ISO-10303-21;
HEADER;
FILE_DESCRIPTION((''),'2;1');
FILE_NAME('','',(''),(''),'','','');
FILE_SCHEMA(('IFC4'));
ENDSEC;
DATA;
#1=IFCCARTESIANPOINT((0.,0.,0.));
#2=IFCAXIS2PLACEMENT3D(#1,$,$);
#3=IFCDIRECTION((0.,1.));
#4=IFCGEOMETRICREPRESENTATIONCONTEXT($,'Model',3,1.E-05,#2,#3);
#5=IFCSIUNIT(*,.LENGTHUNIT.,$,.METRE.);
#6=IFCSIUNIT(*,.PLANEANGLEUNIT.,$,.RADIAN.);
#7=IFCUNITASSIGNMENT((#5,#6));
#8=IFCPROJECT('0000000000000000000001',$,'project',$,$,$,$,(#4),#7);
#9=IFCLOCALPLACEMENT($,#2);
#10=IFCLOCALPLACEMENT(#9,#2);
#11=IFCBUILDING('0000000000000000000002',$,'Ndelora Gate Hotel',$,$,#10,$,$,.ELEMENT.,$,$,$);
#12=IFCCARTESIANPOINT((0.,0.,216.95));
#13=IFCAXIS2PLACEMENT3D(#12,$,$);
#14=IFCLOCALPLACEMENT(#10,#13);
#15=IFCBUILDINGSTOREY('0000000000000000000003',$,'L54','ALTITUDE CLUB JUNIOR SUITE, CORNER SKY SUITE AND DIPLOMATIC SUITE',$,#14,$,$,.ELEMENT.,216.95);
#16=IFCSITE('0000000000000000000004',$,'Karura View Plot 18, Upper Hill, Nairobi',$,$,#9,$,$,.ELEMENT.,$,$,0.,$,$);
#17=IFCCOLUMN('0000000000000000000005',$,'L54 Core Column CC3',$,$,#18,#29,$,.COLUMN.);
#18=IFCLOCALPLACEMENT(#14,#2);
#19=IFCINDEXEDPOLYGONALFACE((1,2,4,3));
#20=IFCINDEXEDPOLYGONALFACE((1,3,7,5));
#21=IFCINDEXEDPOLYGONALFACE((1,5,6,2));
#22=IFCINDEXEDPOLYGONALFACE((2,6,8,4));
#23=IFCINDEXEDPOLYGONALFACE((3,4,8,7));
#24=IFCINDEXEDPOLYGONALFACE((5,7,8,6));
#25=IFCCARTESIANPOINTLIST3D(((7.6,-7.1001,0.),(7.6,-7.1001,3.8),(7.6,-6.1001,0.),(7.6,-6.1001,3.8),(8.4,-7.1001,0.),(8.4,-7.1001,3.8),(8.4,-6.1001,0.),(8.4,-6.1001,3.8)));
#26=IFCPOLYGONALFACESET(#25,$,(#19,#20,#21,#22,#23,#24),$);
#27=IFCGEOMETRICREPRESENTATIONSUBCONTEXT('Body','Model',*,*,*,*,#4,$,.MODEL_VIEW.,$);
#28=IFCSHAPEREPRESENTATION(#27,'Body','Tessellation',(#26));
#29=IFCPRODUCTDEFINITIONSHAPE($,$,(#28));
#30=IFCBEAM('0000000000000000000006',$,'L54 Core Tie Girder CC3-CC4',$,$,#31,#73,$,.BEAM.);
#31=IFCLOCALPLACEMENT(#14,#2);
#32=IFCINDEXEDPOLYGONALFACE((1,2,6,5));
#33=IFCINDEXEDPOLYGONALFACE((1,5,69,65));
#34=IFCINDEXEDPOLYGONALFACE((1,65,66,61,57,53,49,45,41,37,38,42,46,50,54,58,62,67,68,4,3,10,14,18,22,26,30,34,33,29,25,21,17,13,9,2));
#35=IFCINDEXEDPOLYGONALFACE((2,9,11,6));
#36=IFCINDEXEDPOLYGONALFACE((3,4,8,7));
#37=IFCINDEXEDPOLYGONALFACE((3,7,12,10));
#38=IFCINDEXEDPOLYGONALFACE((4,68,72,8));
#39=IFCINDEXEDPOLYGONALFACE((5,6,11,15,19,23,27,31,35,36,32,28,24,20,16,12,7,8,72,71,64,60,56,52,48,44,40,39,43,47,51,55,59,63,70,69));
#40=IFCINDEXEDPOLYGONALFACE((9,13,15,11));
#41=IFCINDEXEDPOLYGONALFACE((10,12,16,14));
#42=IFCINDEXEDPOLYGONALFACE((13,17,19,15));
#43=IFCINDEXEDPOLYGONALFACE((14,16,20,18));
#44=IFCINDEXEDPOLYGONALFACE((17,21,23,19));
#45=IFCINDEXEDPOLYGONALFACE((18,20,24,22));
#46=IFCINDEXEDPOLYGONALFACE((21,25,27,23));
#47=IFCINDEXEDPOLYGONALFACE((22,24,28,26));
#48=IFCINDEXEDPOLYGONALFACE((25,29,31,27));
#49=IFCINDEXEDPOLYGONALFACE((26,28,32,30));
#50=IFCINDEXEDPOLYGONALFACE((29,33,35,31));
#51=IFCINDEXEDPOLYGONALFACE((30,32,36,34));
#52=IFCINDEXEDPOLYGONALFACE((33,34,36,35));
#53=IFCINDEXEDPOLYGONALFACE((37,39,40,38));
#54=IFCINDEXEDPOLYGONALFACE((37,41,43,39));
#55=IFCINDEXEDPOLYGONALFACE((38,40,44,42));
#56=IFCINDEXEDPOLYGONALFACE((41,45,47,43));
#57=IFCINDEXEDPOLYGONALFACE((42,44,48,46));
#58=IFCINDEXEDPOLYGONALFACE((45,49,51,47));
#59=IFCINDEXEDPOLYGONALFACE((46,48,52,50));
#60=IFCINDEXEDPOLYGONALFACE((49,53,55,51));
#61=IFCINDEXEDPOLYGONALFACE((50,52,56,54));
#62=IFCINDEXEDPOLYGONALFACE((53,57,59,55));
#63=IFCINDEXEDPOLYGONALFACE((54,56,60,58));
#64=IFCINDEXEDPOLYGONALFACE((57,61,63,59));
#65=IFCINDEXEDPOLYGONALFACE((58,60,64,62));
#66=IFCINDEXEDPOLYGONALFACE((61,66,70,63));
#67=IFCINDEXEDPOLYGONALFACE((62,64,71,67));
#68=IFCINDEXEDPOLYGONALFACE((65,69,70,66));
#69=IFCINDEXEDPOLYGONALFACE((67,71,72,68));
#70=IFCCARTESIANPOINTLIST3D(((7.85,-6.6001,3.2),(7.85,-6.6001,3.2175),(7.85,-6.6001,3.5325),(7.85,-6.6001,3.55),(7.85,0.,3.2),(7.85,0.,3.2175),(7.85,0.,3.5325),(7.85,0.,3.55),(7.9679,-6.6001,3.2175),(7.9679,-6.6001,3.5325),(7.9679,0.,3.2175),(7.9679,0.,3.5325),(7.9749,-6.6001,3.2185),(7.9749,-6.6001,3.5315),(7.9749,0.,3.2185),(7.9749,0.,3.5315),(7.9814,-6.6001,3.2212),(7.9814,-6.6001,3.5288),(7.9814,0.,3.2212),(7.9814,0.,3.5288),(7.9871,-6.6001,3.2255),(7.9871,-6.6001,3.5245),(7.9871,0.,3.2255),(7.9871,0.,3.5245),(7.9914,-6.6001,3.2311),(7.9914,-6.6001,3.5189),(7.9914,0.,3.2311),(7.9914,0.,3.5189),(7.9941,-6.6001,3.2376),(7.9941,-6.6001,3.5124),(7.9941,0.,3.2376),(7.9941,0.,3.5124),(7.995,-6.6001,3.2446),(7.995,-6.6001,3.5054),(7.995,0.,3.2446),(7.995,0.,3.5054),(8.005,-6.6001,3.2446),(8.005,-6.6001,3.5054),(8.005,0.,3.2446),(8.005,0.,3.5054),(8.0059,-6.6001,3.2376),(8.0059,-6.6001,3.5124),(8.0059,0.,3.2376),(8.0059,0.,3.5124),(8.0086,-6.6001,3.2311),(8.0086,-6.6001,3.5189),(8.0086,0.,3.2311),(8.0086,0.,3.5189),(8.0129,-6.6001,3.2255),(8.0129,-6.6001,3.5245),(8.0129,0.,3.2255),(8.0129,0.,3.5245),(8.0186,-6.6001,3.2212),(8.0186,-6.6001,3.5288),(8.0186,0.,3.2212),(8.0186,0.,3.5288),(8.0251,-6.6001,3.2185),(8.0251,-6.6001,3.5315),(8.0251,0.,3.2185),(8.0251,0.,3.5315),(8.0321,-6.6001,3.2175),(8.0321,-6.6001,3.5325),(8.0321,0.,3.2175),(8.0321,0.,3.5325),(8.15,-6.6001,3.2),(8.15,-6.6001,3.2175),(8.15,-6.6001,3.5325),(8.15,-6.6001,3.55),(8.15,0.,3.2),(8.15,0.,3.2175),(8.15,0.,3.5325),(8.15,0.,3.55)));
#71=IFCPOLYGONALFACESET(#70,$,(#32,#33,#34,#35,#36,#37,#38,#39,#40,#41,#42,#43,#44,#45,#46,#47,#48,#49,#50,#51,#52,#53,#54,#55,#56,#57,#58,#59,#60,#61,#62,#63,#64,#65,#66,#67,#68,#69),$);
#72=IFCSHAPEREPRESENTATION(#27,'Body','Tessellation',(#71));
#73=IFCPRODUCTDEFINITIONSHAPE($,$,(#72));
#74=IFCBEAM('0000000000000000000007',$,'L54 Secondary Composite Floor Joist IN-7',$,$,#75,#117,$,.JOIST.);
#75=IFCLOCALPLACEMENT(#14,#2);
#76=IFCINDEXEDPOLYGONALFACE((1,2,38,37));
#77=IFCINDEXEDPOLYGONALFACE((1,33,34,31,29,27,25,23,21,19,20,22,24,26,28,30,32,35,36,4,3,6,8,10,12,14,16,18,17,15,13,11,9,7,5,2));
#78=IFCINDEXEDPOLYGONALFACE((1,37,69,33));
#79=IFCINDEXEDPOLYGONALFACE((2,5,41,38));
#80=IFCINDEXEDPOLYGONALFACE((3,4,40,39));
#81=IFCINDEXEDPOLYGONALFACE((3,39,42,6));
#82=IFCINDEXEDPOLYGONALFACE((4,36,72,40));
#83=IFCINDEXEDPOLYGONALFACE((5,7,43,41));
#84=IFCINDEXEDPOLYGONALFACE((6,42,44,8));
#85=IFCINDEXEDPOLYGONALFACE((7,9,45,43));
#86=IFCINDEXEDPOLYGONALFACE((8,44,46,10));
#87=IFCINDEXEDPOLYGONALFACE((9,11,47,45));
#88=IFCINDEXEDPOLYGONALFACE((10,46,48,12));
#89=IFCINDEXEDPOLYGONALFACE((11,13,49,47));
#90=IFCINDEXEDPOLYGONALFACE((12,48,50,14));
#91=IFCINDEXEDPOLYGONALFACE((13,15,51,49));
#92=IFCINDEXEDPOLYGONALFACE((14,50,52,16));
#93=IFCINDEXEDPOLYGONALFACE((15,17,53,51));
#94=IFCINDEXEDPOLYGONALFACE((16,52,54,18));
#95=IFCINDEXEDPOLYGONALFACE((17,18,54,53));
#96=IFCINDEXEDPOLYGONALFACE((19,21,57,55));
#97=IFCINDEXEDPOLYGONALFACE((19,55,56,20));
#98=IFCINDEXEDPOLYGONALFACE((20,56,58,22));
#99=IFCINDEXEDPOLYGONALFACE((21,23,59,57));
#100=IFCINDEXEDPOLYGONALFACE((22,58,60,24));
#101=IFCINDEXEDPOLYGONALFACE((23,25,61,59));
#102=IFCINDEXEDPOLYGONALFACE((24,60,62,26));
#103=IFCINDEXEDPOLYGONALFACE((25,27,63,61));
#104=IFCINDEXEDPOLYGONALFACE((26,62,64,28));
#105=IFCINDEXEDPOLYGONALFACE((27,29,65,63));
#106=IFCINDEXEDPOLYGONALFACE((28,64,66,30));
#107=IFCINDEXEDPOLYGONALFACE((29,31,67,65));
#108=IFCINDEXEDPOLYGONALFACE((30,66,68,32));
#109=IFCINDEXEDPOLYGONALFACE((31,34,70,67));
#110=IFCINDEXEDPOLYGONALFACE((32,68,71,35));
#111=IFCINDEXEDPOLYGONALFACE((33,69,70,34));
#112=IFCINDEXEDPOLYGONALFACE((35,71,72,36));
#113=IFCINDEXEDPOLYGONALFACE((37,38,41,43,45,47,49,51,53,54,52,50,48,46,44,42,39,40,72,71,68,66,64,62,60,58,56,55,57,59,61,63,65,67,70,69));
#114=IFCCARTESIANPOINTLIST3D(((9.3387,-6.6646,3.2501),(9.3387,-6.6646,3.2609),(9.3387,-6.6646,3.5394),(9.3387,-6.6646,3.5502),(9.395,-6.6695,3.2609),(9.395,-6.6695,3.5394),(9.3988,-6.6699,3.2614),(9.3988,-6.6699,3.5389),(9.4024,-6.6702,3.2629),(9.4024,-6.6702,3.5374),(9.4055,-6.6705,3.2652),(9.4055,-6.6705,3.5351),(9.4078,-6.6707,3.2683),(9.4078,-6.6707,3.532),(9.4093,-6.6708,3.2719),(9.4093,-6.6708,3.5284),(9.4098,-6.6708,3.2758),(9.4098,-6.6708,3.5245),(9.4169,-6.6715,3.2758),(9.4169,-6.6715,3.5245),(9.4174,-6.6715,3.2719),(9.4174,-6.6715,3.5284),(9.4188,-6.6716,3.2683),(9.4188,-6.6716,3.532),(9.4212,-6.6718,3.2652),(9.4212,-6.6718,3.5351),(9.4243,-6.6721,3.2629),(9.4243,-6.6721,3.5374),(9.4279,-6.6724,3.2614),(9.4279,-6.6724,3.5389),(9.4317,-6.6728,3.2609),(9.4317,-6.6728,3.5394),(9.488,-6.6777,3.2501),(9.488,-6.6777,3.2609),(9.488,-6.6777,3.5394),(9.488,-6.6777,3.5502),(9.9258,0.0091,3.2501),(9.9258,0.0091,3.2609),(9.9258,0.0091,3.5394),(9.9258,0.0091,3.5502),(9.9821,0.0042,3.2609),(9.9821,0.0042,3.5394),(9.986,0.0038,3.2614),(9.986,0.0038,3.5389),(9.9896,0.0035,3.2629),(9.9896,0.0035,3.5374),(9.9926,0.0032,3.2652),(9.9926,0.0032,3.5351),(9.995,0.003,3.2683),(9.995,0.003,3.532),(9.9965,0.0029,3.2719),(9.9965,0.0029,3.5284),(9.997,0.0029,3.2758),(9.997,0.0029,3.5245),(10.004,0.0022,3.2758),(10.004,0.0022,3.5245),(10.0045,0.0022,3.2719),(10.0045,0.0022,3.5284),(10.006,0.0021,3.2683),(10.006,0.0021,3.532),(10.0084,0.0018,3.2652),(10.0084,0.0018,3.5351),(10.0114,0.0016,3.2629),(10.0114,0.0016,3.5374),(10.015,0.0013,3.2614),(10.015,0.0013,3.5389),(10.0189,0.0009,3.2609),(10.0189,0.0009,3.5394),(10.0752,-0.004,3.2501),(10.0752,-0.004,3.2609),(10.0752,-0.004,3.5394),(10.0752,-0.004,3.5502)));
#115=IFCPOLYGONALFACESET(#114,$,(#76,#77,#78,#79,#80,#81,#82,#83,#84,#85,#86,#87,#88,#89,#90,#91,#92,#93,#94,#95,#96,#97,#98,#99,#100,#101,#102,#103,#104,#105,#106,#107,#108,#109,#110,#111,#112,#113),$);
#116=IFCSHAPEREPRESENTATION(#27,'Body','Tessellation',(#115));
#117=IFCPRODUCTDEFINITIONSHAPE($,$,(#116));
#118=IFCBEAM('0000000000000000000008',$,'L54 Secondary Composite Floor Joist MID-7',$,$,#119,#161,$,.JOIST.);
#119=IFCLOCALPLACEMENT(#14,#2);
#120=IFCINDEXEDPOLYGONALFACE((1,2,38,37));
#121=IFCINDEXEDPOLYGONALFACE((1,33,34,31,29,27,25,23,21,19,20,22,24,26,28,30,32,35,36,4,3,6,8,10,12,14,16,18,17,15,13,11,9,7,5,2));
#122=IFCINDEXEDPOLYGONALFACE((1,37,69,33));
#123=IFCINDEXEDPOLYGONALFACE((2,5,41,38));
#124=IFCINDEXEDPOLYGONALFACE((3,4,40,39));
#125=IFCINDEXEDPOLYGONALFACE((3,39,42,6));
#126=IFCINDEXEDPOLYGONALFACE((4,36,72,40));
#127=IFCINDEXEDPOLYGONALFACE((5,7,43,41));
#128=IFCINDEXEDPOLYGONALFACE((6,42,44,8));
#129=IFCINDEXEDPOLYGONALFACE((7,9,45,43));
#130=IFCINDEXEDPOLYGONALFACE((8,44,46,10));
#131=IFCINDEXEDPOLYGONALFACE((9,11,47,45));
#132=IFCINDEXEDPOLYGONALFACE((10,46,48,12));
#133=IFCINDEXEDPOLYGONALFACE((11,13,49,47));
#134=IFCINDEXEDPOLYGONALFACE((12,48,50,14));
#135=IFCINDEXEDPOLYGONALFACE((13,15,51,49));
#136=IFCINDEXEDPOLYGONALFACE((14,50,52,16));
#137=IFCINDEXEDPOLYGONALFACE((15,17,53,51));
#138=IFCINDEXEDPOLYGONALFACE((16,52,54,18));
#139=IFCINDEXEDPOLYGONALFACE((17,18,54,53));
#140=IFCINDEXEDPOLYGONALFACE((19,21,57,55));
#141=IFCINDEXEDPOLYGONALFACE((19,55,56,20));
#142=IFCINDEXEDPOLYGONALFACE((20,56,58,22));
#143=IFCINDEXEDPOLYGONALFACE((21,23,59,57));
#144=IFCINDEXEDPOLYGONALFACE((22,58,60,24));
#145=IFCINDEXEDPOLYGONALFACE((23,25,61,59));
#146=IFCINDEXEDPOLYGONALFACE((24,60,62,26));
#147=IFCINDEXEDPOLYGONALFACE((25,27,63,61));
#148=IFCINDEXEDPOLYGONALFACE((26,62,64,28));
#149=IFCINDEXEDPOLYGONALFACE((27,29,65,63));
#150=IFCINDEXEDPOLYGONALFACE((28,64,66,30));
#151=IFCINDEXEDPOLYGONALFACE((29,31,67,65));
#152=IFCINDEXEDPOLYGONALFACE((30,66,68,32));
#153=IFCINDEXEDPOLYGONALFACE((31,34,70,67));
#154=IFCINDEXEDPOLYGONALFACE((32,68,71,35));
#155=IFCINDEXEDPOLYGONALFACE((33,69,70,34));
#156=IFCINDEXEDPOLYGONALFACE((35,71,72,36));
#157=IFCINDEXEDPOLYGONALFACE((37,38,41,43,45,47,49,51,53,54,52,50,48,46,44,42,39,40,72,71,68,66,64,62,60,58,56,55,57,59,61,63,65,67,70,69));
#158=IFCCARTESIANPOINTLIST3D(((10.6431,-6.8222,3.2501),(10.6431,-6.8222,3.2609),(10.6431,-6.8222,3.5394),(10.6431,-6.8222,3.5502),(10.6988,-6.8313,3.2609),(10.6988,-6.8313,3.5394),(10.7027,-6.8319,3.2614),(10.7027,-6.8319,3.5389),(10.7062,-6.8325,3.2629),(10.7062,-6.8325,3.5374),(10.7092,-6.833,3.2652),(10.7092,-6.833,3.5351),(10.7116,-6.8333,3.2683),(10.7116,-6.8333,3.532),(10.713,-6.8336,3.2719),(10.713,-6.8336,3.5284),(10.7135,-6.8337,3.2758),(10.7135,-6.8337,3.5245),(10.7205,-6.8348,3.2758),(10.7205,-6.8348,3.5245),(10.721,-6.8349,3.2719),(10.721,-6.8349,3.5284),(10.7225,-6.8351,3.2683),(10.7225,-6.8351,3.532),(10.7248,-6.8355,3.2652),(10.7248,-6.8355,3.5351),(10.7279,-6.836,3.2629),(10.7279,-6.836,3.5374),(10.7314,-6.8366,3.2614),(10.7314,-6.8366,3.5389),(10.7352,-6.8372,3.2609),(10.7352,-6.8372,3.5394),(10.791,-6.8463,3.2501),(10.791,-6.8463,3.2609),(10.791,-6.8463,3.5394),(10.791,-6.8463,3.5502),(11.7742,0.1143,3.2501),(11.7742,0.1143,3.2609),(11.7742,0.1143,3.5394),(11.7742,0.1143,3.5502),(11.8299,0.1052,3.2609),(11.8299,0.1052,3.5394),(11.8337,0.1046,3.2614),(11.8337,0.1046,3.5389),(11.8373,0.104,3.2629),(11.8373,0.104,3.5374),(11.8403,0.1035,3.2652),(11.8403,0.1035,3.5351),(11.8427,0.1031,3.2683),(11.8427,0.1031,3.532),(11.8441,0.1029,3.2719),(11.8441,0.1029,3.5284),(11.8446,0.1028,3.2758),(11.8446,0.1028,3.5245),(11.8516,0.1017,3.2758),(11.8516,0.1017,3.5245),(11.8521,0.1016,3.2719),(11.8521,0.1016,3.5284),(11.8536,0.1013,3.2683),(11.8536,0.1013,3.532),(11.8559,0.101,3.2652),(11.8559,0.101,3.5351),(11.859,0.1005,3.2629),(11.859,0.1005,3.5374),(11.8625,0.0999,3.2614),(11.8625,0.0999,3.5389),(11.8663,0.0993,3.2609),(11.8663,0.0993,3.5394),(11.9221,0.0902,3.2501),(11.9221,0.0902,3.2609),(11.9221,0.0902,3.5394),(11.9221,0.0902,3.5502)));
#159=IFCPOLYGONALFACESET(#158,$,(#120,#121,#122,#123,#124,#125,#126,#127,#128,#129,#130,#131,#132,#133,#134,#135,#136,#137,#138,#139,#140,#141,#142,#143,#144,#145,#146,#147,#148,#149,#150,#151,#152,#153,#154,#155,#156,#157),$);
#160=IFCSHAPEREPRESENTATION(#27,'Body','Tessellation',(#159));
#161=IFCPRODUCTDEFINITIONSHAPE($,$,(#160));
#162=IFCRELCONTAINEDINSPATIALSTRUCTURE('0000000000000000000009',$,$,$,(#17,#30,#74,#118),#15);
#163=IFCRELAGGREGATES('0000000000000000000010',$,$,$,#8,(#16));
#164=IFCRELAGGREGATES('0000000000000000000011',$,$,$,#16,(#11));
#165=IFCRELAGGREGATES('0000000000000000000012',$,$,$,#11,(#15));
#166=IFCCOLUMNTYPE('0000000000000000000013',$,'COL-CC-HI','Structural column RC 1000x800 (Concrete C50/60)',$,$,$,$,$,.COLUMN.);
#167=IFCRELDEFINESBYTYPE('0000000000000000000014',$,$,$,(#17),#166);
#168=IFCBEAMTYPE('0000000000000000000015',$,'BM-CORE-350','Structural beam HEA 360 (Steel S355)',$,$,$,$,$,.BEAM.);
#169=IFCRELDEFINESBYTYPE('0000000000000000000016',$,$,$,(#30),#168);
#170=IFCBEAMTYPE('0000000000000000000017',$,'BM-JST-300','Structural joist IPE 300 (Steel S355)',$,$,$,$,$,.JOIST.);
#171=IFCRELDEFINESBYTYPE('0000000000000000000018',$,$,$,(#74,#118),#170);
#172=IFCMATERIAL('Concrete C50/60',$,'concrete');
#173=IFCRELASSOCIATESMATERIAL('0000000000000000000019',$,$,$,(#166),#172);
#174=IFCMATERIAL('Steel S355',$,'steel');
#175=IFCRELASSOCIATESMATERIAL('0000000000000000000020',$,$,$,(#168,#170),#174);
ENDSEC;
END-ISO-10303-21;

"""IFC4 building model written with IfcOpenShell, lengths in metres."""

from ifc_helpers import new_model, si_unit, direction, frame, origin, origin_2d, place, context, subcontext, project, spatial, rectangle, i_section, extrude, material, material_profile, profile_set, type_object, element, save


model = new_model("IFC4")

# Units and contexts
model_context = context("Model", 3, precision=1e-05, world=origin(), true_north=direction((0.0, 1.0)))
body_context = subcontext(model_context, "Body", "Model", "MODEL_VIEW")
ifc_project = project(units=[si_unit("LENGTHUNIT", "METRE"), si_unit("PLANEANGLEUNIT", "RADIAN")], contexts=[model_context])

# Site, building, storey
site_placement = place(None, origin())
site = spatial("IfcSite", under=ifc_project, at=site_placement, Name="Karura View Plot 18, Upper Hill, Nairobi", CompositionType="ELEMENT", RefElevation=0.0)
building_placement = place(site_placement, origin())
building = spatial("IfcBuilding", under=site, at=building_placement, Name="Ndelora Gate Hotel", CompositionType="ELEMENT")
storey_placement = place(building_placement, frame((0.0, 0.0, 216.95)))
storey = spatial("IfcBuildingStorey", under=building, at=storey_placement, Name="L54", Description="ALTITUDE CLUB JUNIOR SUITE, CORNER SKY SUITE AND DIPLOMATIC SUITE", CompositionType="ELEMENT", Elevation=216.95)

# Column
ifc_material_1 = material(Name="Concrete C50/60", Category="concrete")
ifc_material_profile_1 = material_profile(ifc_material_1, rectangle(XDim=0.8, YDim=1.0, at=origin_2d()), Name="RC 1000x800")
ifc_profile_set_1 = profile_set([ifc_material_profile_1], Name="Concrete C50/60")
column_type = type_object("IfcColumnType", Name="COL-CC-HI", Description="Structural column RC 1000x800 (Concrete C50/60)", PredefinedType="COLUMN", material=ifc_profile_set_1)
column_placement = place(storey_placement, frame((8.0, -6.6001, 0.0), z_axis=(0.0, 0.0, 1.0), x_axis=(1.0, 0.0, 0.0)))
element("IfcColumn", 1, at=column_placement, inside=storey, type_object=column_type, Name="L54 Core Column CC3", PredefinedType="COLUMN", context=body_context, shape_type="SweptSolid", body=[
    extrude(rectangle(XDim=0.8, YDim=1.0, at=origin_2d()), origin(), (0.0, 0.0, 1.0), 3.8),
])

# Beams
ifc_material_2 = material(Name="Steel S355", Category="steel")
ifc_material_profile_2 = material_profile(ifc_material_2, i_section(OverallWidth=0.3, OverallDepth=0.3501, WebThickness=0.01, FlangeThickness=0.0176, FilletRadius=0.0271, at=origin_2d()), Name="HEA 360")
ifc_profile_set_2 = profile_set([ifc_material_profile_2], Name="Steel S355")
beam_type_1 = type_object("IfcBeamType", Name="BM-CORE-350", Description="Structural beam HEA 360 (Steel S355)", PredefinedType="BEAM", material=ifc_profile_set_2)
beam_1_placement = place(storey_placement, frame((8.0, -6.6001, 3.375), z_axis=(0.0, 1.0, 0.0), x_axis=(-1.0, 0.0, 0.0)))
element("IfcBeam", 2, at=beam_1_placement, inside=storey, type_object=beam_type_1, Name="L54 Core Tie Girder CC3-CC4", PredefinedType="BEAM", context=body_context, shape_type="SweptSolid", body=[
    extrude(i_section(OverallWidth=0.3, OverallDepth=0.3501, WebThickness=0.01, FlangeThickness=0.0176, FilletRadius=0.0271, at=origin_2d()), origin(), (0.0, 0.0, 1.0), 6.6001),
])
ifc_material_profile_3 = material_profile(ifc_material_2, i_section(OverallWidth=0.1499, OverallDepth=0.3, WebThickness=0.0071, FlangeThickness=0.0107, FilletRadius=0.0149, at=origin_2d()), Name="IPE 300")
ifc_profile_set_3 = profile_set([ifc_material_profile_3], Name="Steel S355")
beam_type_2 = type_object("IfcBeamType", Name="BM-JST-300", Description="Structural joist IPE 300 (Steel S355)", PredefinedType="JOIST", material=ifc_profile_set_3)
beam_2_placement = place(storey_placement, frame((9.4133, -6.6711, 3.4001), z_axis=(0.087644, 0.996152, 0.0), x_axis=(-0.996152, 0.087644, 0.0)))
element("IfcBeam", 3, at=beam_2_placement, inside=storey, type_object=beam_type_2, Name="L54 Secondary Composite Floor Joist IN-7", PredefinedType="JOIST", context=body_context, shape_type="SweptSolid", body=[
    extrude(i_section(OverallWidth=0.1499, OverallDepth=0.3, WebThickness=0.0071, FlangeThickness=0.0107, FilletRadius=0.0149, at=origin_2d()), origin(), (0.0, 0.0, 1.0), 6.6995),
])
beam_3_placement = place(storey_placement, frame((10.717, -6.8342, 3.4001), z_axis=(0.160939, 0.986964, 0.0), x_axis=(-0.986964, 0.160939, 0.0)))
element("IfcBeam", 4, at=beam_3_placement, inside=storey, type_object=beam_type_2, Name="L54 Secondary Composite Floor Joist MID-7", PredefinedType="JOIST", context=body_context, shape_type="SweptSolid", body=[
    extrude(i_section(OverallWidth=0.1499, OverallDepth=0.3, WebThickness=0.0071, FlangeThickness=0.0107, FilletRadius=0.0149, at=origin_2d()), origin(), (0.0, 0.0, 1.0), 7.0281),
])

save(model, "model.ifc")
